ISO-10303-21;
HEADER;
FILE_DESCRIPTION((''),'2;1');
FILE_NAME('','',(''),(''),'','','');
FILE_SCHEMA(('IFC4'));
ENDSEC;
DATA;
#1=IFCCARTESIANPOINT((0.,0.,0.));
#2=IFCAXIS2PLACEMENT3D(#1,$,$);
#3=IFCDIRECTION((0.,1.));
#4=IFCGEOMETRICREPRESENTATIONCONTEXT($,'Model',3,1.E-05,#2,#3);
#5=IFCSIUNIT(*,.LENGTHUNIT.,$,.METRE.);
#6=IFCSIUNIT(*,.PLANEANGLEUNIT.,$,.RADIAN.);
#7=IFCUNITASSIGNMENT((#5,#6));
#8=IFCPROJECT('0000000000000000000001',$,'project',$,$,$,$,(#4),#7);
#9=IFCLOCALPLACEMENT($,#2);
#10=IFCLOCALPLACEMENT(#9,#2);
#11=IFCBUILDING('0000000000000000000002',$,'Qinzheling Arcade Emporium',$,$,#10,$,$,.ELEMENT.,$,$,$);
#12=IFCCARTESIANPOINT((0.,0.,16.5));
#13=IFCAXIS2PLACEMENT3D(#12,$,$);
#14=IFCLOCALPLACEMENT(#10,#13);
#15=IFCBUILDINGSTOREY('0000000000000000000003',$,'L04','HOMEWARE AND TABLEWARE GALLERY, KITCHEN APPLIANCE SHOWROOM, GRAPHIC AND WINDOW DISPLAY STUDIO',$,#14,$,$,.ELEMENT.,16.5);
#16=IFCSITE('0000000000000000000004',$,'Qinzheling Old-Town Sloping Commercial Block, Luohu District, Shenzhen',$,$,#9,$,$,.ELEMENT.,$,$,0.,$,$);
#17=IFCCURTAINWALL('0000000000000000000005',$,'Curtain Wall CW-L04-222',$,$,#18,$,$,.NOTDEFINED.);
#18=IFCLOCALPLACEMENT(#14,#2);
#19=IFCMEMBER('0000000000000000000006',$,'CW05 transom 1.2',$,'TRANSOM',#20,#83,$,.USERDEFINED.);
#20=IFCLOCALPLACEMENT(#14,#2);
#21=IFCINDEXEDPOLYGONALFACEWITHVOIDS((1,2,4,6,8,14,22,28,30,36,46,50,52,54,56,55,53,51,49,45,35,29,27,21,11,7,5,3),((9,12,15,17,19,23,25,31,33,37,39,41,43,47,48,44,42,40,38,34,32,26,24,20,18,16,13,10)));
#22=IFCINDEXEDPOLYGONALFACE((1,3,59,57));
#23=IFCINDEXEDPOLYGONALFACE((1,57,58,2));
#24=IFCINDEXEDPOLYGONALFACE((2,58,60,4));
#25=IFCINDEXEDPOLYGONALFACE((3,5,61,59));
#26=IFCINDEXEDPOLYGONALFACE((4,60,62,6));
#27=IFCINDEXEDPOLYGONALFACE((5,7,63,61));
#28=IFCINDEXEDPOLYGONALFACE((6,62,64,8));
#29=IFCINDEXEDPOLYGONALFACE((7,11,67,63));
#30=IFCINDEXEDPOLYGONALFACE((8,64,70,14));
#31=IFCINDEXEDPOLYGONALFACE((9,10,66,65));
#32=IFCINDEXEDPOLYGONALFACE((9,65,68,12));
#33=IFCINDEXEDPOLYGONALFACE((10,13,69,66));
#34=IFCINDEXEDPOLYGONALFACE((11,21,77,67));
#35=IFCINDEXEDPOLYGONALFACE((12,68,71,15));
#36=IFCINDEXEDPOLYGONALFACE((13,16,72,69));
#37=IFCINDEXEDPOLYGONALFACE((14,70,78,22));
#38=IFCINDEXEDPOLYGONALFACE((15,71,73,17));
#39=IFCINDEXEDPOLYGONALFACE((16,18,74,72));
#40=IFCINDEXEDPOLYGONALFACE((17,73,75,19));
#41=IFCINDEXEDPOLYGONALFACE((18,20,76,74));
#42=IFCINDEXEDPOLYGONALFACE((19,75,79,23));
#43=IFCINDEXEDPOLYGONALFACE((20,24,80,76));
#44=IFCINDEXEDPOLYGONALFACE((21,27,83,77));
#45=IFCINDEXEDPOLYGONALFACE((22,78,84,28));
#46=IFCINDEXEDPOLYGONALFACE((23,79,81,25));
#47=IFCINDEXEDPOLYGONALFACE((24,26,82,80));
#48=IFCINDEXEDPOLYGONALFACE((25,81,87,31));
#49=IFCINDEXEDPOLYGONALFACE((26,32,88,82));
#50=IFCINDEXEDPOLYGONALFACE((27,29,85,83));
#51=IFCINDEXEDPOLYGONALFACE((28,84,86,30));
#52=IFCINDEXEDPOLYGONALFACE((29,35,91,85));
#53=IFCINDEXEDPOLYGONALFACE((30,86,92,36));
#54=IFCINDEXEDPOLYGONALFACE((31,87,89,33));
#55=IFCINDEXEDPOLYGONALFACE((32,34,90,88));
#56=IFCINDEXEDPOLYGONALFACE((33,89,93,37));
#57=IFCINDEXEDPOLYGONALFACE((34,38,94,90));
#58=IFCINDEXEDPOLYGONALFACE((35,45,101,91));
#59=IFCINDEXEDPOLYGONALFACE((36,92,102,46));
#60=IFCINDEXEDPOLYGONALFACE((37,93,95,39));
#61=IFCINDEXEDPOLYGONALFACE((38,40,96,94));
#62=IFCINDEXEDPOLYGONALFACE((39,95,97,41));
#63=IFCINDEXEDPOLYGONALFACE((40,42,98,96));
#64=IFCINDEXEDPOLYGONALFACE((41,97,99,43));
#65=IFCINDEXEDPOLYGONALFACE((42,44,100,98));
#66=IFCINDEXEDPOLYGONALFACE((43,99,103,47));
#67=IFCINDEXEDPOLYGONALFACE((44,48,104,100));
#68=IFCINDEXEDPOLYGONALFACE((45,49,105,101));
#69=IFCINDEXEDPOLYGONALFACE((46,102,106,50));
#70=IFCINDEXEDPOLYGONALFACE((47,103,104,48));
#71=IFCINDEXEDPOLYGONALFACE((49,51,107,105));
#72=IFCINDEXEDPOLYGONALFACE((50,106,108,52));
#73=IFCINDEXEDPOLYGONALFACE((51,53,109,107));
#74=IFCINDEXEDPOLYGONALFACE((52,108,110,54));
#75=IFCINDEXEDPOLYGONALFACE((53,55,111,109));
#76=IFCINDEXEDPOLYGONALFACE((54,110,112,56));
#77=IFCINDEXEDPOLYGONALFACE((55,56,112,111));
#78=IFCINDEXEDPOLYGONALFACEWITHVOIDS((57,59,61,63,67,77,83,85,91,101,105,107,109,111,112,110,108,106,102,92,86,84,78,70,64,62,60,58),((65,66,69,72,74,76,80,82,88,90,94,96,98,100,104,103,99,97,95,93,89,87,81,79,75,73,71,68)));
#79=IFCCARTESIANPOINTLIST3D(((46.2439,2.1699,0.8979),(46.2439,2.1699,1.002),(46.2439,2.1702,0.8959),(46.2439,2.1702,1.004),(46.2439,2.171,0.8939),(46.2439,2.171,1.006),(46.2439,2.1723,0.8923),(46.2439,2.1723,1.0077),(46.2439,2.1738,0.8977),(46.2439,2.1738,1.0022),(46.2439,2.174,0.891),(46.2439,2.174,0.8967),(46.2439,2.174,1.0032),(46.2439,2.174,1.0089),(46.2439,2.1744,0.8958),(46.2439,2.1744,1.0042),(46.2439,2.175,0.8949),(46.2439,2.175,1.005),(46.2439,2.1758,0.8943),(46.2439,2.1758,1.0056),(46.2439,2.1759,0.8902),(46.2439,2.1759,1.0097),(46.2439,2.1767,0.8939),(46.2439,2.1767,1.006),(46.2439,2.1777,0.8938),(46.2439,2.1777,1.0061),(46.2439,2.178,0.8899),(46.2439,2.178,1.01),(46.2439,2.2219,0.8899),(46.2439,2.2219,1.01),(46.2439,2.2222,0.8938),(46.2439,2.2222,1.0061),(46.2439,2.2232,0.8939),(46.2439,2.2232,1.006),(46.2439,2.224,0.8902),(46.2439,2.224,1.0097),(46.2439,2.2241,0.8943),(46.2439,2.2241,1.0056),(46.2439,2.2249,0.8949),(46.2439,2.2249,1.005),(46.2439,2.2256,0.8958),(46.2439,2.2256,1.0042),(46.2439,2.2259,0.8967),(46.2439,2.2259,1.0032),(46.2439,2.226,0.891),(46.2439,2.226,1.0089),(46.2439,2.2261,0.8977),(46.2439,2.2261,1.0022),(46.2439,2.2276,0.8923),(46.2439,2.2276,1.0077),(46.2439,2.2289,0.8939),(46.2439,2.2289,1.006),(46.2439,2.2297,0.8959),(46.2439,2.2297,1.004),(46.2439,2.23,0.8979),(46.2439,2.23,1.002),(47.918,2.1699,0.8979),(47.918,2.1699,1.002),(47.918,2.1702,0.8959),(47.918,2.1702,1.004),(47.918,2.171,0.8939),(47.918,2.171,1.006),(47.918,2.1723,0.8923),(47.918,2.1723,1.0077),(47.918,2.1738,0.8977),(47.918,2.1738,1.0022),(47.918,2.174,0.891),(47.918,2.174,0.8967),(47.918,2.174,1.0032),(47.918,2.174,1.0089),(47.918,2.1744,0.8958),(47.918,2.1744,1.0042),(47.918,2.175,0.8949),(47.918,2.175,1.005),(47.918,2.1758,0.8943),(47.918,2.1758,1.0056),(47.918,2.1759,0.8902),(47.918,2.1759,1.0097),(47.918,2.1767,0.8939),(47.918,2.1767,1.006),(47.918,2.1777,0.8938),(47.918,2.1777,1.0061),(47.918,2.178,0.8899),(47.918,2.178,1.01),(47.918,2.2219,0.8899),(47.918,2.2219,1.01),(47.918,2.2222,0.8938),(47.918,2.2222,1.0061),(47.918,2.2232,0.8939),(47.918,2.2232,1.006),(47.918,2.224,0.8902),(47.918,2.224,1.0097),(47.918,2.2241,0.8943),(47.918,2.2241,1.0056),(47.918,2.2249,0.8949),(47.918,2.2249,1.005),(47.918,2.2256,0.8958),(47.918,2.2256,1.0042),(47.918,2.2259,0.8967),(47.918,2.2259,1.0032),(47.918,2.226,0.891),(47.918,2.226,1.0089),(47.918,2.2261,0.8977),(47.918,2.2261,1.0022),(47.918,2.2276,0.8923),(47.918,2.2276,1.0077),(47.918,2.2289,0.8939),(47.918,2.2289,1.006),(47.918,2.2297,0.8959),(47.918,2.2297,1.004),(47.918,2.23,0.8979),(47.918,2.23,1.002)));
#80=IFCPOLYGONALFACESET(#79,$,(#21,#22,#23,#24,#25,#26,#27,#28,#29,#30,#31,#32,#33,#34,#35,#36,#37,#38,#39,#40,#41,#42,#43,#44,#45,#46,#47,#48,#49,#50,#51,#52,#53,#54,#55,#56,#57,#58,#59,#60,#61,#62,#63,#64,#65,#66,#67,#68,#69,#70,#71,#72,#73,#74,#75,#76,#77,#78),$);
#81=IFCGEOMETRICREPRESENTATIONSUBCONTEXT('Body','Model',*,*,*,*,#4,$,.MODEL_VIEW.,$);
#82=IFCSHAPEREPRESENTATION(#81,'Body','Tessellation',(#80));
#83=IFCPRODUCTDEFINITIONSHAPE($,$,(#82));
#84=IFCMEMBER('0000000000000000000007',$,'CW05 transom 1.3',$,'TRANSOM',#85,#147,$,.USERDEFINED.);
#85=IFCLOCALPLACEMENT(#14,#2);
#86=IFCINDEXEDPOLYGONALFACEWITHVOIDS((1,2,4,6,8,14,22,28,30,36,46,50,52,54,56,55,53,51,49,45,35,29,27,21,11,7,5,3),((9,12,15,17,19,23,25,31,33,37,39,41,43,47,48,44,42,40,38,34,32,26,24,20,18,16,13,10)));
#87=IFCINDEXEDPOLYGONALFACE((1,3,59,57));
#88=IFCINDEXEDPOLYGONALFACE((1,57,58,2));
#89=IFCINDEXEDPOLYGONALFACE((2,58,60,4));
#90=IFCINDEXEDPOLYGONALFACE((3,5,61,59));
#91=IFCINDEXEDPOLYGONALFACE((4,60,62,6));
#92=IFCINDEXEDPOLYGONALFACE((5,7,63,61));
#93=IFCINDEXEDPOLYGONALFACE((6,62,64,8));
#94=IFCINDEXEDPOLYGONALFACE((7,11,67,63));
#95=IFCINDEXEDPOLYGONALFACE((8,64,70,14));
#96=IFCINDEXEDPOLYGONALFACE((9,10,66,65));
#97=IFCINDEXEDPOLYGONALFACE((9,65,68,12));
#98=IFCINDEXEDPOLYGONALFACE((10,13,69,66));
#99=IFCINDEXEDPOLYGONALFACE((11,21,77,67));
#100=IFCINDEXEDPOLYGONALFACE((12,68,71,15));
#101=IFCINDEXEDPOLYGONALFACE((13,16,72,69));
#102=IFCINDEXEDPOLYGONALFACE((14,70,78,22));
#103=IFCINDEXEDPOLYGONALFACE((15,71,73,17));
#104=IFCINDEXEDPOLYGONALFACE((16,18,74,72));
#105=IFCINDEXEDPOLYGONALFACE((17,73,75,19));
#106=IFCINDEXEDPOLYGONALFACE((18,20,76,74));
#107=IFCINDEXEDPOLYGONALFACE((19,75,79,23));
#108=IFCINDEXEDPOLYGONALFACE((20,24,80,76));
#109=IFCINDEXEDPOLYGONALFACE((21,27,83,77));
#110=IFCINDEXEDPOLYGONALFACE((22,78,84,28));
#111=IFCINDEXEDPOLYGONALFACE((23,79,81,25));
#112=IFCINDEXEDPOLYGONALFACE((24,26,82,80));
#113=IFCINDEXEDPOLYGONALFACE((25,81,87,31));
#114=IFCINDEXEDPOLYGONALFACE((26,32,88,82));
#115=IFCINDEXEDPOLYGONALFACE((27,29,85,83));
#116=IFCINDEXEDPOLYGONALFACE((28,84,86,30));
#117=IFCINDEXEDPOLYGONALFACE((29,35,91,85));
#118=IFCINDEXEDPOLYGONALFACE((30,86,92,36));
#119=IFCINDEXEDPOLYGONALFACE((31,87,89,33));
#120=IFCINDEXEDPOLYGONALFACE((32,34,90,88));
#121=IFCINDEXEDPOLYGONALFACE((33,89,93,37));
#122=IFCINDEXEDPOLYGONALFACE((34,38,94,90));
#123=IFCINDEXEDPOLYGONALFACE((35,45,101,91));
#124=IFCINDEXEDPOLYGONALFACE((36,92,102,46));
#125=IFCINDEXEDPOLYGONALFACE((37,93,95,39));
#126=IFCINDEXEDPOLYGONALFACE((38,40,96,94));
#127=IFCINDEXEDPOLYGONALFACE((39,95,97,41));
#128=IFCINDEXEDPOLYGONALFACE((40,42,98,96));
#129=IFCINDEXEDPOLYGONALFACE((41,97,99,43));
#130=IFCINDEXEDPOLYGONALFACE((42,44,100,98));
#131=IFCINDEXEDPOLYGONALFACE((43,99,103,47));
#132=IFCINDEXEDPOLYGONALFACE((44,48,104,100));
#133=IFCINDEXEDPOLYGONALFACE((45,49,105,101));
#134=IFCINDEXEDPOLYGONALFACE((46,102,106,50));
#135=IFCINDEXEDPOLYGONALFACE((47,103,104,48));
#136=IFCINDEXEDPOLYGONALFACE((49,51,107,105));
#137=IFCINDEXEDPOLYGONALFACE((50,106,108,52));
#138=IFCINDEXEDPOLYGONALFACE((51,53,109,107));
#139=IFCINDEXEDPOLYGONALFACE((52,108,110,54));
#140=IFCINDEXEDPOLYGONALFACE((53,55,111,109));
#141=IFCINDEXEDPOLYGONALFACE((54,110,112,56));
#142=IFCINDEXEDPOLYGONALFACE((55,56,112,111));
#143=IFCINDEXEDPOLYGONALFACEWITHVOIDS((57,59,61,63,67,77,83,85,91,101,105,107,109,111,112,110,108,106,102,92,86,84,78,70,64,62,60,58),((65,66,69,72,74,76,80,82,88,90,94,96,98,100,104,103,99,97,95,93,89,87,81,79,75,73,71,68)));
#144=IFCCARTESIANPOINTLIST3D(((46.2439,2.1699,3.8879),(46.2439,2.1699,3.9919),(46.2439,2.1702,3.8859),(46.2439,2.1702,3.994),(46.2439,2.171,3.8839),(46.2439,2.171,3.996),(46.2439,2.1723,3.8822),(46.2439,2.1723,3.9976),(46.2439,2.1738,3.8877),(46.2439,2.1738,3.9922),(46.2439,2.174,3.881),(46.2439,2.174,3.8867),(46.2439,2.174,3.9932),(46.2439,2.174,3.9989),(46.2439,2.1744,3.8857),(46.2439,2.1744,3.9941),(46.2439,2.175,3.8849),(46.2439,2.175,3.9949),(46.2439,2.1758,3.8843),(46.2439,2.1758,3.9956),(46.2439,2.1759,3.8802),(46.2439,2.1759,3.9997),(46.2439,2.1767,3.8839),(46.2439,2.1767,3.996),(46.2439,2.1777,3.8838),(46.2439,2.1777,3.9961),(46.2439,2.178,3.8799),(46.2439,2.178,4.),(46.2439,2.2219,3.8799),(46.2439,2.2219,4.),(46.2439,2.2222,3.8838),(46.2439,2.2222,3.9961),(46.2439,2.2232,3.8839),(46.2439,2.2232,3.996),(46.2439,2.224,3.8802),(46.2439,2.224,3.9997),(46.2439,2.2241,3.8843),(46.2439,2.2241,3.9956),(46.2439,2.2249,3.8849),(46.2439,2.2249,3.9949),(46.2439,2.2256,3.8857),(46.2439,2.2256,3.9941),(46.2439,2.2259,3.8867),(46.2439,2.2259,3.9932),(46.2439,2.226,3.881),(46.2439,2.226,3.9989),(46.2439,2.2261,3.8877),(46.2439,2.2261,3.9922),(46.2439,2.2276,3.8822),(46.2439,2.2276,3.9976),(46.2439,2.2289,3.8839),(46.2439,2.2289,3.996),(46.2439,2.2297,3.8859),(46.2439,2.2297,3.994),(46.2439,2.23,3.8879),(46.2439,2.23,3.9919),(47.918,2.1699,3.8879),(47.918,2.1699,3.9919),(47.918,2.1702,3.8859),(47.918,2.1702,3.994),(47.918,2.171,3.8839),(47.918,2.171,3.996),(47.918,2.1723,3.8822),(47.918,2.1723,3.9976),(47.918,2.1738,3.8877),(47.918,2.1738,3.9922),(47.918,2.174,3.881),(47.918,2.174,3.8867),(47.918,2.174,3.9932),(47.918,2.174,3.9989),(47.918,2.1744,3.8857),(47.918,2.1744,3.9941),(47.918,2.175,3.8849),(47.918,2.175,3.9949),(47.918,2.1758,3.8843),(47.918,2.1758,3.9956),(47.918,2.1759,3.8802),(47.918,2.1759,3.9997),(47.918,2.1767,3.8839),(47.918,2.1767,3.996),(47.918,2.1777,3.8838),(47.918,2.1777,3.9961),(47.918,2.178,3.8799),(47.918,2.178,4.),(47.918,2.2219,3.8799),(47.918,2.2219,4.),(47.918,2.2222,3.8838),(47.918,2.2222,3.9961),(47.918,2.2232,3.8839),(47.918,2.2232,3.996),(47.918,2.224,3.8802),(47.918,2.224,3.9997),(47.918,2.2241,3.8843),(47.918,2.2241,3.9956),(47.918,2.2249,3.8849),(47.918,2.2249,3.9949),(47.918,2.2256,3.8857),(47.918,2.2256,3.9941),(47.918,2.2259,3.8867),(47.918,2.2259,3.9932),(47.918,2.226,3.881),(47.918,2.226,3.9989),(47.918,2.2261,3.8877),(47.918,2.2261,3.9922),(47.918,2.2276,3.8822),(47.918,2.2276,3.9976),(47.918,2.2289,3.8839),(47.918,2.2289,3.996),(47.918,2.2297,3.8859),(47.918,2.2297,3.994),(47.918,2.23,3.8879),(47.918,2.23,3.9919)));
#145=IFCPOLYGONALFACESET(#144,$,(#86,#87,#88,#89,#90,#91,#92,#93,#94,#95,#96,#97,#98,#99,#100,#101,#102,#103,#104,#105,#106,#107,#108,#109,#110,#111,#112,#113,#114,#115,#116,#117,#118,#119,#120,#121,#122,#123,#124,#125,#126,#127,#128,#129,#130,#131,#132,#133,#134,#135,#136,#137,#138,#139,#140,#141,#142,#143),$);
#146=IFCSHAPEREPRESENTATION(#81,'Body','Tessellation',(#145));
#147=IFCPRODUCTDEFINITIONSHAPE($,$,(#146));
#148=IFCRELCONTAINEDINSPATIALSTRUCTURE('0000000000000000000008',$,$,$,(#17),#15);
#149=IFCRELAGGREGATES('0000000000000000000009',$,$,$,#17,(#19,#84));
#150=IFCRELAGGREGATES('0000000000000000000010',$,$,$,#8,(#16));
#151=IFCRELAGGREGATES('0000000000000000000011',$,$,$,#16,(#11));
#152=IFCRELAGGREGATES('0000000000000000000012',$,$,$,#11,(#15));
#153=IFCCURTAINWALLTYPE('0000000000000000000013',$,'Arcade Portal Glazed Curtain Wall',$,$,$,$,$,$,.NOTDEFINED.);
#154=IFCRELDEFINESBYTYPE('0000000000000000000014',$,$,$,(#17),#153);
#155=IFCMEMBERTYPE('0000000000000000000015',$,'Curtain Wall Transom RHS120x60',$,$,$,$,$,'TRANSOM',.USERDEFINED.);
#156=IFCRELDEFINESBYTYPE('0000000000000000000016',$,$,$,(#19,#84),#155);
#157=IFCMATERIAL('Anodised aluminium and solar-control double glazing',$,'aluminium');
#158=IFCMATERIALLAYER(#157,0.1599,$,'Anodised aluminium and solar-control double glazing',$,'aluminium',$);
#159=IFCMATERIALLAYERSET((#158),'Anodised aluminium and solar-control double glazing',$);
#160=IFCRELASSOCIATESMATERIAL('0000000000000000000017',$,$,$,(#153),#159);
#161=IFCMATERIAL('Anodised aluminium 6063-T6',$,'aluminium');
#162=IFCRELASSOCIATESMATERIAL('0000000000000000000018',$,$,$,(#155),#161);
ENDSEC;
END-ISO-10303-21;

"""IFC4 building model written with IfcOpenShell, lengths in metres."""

from ifc_helpers import new_model, si_unit, direction, frame, origin, origin_2d, place, context, subcontext, project, spatial, hollow_rectangle, extrude, material, layer, layer_set, material_profile, profile_set, type_object, element, aggregate, save


model = new_model("IFC4")

# Units and contexts
model_context = context("Model", 3, precision=1e-05, world=origin(), true_north=direction((0.0, 1.0)))
body_context = subcontext(model_context, "Body", "Model", "MODEL_VIEW")
ifc_project = project(units=[si_unit("LENGTHUNIT", "METRE"), si_unit("PLANEANGLEUNIT", "RADIAN")], contexts=[model_context])

# Site, building, storey
site_placement = place(None, origin())
site = spatial("IfcSite", under=ifc_project, at=site_placement, Name="Qinzheling Old-Town Sloping Commercial Block, Luohu District, Shenzhen", CompositionType="ELEMENT", RefElevation=0.0)
building_placement = place(site_placement, origin())
building = spatial("IfcBuilding", under=site, at=building_placement, Name="Qinzheling Arcade Emporium", CompositionType="ELEMENT")
storey_placement = place(building_placement, frame((0.0, 0.0, 16.5)))
storey = spatial("IfcBuildingStorey", under=building, at=storey_placement, Name="L04", Description="HOMEWARE AND TABLEWARE GALLERY, KITCHEN APPLIANCE SHOWROOM, GRAPHIC AND WINDOW DISPLAY STUDIO", CompositionType="ELEMENT", Elevation=16.5)

# Curtain wall
ifc_material_1 = material(Name="Anodised aluminium and solar-control double glazing", Category="aluminium")
ifc_layer_1 = layer(ifc_material_1, 0.1599, Name="Anodised aluminium and solar-control double glazing", Category="aluminium")
ifc_layer_set_1 = layer_set([ifc_layer_1], Name="Anodised aluminium and solar-control double glazing")
curtain_wall_type_1 = type_object("IfcCurtainWallType", Name="Arcade Portal Glazed Curtain Wall", PredefinedType="NOTDEFINED", material=ifc_layer_set_1)
ifc_material_2 = material(Name="Anodised aluminium 6063-T6", Category="aluminium")
curtain_wall_1_placement = place(storey_placement, origin())
curtain_wall_1 = element("IfcCurtainWall", 1, at=curtain_wall_1_placement, inside=storey, type_object=curtain_wall_type_1, Name="Curtain Wall CW-L04-222", PredefinedType="NOTDEFINED")

# Members
ifc_material_profile_1 = material_profile(ifc_material_2, hollow_rectangle(XDim=0.0601, YDim=0.1201, WallThickness=0.0039, InnerFilletRadius=0.0039, OuterFilletRadius=0.0081, at=origin_2d()), Name="RHS 120x60x4", Category="aluminium")
ifc_profile_set_1 = profile_set([ifc_material_profile_1], Name="Anodised aluminium 6063-T6")
member_type_1 = type_object("IfcMemberType", Name="Curtain Wall Transom RHS120x60", ElementType="TRANSOM", PredefinedType="USERDEFINED", material=ifc_profile_set_1)
member_1_placement = place(storey_placement, frame((47.918, 2.2, 0.95), z_axis=(-1.0, 0.0, 0.0), x_axis=(0.0, -1.0, 0.0)))
member_1 = element("IfcMember", 2, at=member_1_placement, type_object=member_type_1, Name="CW05 transom 1.2", ObjectType="TRANSOM", PredefinedType="USERDEFINED", context=body_context, shape_type="SweptSolid", body=[
    extrude(hollow_rectangle(XDim=0.0601, YDim=0.1201, WallThickness=0.0039, InnerFilletRadius=0.0039, OuterFilletRadius=0.0081, at=origin_2d()), origin(), (0.0, 0.0, 1.0), 1.6741),
])
member_2_placement = place(storey_placement, frame((47.918, 2.2, 3.9399), z_axis=(-1.0, 0.0, 0.0), x_axis=(0.0, -1.0, 0.0)))
member_2 = element("IfcMember", 3, at=member_2_placement, type_object=member_type_1, Name="CW05 transom 1.3", ObjectType="TRANSOM", PredefinedType="USERDEFINED", context=body_context, shape_type="SweptSolid", body=[
    extrude(hollow_rectangle(XDim=0.0601, YDim=0.1201, WallThickness=0.0039, InnerFilletRadius=0.0039, OuterFilletRadius=0.0081, at=origin_2d()), origin(), (0.0, 0.0, 1.0), 1.6741),
])

aggregate(curtain_wall_1, [member_1, member_2])

save(model, "model.ifc")
